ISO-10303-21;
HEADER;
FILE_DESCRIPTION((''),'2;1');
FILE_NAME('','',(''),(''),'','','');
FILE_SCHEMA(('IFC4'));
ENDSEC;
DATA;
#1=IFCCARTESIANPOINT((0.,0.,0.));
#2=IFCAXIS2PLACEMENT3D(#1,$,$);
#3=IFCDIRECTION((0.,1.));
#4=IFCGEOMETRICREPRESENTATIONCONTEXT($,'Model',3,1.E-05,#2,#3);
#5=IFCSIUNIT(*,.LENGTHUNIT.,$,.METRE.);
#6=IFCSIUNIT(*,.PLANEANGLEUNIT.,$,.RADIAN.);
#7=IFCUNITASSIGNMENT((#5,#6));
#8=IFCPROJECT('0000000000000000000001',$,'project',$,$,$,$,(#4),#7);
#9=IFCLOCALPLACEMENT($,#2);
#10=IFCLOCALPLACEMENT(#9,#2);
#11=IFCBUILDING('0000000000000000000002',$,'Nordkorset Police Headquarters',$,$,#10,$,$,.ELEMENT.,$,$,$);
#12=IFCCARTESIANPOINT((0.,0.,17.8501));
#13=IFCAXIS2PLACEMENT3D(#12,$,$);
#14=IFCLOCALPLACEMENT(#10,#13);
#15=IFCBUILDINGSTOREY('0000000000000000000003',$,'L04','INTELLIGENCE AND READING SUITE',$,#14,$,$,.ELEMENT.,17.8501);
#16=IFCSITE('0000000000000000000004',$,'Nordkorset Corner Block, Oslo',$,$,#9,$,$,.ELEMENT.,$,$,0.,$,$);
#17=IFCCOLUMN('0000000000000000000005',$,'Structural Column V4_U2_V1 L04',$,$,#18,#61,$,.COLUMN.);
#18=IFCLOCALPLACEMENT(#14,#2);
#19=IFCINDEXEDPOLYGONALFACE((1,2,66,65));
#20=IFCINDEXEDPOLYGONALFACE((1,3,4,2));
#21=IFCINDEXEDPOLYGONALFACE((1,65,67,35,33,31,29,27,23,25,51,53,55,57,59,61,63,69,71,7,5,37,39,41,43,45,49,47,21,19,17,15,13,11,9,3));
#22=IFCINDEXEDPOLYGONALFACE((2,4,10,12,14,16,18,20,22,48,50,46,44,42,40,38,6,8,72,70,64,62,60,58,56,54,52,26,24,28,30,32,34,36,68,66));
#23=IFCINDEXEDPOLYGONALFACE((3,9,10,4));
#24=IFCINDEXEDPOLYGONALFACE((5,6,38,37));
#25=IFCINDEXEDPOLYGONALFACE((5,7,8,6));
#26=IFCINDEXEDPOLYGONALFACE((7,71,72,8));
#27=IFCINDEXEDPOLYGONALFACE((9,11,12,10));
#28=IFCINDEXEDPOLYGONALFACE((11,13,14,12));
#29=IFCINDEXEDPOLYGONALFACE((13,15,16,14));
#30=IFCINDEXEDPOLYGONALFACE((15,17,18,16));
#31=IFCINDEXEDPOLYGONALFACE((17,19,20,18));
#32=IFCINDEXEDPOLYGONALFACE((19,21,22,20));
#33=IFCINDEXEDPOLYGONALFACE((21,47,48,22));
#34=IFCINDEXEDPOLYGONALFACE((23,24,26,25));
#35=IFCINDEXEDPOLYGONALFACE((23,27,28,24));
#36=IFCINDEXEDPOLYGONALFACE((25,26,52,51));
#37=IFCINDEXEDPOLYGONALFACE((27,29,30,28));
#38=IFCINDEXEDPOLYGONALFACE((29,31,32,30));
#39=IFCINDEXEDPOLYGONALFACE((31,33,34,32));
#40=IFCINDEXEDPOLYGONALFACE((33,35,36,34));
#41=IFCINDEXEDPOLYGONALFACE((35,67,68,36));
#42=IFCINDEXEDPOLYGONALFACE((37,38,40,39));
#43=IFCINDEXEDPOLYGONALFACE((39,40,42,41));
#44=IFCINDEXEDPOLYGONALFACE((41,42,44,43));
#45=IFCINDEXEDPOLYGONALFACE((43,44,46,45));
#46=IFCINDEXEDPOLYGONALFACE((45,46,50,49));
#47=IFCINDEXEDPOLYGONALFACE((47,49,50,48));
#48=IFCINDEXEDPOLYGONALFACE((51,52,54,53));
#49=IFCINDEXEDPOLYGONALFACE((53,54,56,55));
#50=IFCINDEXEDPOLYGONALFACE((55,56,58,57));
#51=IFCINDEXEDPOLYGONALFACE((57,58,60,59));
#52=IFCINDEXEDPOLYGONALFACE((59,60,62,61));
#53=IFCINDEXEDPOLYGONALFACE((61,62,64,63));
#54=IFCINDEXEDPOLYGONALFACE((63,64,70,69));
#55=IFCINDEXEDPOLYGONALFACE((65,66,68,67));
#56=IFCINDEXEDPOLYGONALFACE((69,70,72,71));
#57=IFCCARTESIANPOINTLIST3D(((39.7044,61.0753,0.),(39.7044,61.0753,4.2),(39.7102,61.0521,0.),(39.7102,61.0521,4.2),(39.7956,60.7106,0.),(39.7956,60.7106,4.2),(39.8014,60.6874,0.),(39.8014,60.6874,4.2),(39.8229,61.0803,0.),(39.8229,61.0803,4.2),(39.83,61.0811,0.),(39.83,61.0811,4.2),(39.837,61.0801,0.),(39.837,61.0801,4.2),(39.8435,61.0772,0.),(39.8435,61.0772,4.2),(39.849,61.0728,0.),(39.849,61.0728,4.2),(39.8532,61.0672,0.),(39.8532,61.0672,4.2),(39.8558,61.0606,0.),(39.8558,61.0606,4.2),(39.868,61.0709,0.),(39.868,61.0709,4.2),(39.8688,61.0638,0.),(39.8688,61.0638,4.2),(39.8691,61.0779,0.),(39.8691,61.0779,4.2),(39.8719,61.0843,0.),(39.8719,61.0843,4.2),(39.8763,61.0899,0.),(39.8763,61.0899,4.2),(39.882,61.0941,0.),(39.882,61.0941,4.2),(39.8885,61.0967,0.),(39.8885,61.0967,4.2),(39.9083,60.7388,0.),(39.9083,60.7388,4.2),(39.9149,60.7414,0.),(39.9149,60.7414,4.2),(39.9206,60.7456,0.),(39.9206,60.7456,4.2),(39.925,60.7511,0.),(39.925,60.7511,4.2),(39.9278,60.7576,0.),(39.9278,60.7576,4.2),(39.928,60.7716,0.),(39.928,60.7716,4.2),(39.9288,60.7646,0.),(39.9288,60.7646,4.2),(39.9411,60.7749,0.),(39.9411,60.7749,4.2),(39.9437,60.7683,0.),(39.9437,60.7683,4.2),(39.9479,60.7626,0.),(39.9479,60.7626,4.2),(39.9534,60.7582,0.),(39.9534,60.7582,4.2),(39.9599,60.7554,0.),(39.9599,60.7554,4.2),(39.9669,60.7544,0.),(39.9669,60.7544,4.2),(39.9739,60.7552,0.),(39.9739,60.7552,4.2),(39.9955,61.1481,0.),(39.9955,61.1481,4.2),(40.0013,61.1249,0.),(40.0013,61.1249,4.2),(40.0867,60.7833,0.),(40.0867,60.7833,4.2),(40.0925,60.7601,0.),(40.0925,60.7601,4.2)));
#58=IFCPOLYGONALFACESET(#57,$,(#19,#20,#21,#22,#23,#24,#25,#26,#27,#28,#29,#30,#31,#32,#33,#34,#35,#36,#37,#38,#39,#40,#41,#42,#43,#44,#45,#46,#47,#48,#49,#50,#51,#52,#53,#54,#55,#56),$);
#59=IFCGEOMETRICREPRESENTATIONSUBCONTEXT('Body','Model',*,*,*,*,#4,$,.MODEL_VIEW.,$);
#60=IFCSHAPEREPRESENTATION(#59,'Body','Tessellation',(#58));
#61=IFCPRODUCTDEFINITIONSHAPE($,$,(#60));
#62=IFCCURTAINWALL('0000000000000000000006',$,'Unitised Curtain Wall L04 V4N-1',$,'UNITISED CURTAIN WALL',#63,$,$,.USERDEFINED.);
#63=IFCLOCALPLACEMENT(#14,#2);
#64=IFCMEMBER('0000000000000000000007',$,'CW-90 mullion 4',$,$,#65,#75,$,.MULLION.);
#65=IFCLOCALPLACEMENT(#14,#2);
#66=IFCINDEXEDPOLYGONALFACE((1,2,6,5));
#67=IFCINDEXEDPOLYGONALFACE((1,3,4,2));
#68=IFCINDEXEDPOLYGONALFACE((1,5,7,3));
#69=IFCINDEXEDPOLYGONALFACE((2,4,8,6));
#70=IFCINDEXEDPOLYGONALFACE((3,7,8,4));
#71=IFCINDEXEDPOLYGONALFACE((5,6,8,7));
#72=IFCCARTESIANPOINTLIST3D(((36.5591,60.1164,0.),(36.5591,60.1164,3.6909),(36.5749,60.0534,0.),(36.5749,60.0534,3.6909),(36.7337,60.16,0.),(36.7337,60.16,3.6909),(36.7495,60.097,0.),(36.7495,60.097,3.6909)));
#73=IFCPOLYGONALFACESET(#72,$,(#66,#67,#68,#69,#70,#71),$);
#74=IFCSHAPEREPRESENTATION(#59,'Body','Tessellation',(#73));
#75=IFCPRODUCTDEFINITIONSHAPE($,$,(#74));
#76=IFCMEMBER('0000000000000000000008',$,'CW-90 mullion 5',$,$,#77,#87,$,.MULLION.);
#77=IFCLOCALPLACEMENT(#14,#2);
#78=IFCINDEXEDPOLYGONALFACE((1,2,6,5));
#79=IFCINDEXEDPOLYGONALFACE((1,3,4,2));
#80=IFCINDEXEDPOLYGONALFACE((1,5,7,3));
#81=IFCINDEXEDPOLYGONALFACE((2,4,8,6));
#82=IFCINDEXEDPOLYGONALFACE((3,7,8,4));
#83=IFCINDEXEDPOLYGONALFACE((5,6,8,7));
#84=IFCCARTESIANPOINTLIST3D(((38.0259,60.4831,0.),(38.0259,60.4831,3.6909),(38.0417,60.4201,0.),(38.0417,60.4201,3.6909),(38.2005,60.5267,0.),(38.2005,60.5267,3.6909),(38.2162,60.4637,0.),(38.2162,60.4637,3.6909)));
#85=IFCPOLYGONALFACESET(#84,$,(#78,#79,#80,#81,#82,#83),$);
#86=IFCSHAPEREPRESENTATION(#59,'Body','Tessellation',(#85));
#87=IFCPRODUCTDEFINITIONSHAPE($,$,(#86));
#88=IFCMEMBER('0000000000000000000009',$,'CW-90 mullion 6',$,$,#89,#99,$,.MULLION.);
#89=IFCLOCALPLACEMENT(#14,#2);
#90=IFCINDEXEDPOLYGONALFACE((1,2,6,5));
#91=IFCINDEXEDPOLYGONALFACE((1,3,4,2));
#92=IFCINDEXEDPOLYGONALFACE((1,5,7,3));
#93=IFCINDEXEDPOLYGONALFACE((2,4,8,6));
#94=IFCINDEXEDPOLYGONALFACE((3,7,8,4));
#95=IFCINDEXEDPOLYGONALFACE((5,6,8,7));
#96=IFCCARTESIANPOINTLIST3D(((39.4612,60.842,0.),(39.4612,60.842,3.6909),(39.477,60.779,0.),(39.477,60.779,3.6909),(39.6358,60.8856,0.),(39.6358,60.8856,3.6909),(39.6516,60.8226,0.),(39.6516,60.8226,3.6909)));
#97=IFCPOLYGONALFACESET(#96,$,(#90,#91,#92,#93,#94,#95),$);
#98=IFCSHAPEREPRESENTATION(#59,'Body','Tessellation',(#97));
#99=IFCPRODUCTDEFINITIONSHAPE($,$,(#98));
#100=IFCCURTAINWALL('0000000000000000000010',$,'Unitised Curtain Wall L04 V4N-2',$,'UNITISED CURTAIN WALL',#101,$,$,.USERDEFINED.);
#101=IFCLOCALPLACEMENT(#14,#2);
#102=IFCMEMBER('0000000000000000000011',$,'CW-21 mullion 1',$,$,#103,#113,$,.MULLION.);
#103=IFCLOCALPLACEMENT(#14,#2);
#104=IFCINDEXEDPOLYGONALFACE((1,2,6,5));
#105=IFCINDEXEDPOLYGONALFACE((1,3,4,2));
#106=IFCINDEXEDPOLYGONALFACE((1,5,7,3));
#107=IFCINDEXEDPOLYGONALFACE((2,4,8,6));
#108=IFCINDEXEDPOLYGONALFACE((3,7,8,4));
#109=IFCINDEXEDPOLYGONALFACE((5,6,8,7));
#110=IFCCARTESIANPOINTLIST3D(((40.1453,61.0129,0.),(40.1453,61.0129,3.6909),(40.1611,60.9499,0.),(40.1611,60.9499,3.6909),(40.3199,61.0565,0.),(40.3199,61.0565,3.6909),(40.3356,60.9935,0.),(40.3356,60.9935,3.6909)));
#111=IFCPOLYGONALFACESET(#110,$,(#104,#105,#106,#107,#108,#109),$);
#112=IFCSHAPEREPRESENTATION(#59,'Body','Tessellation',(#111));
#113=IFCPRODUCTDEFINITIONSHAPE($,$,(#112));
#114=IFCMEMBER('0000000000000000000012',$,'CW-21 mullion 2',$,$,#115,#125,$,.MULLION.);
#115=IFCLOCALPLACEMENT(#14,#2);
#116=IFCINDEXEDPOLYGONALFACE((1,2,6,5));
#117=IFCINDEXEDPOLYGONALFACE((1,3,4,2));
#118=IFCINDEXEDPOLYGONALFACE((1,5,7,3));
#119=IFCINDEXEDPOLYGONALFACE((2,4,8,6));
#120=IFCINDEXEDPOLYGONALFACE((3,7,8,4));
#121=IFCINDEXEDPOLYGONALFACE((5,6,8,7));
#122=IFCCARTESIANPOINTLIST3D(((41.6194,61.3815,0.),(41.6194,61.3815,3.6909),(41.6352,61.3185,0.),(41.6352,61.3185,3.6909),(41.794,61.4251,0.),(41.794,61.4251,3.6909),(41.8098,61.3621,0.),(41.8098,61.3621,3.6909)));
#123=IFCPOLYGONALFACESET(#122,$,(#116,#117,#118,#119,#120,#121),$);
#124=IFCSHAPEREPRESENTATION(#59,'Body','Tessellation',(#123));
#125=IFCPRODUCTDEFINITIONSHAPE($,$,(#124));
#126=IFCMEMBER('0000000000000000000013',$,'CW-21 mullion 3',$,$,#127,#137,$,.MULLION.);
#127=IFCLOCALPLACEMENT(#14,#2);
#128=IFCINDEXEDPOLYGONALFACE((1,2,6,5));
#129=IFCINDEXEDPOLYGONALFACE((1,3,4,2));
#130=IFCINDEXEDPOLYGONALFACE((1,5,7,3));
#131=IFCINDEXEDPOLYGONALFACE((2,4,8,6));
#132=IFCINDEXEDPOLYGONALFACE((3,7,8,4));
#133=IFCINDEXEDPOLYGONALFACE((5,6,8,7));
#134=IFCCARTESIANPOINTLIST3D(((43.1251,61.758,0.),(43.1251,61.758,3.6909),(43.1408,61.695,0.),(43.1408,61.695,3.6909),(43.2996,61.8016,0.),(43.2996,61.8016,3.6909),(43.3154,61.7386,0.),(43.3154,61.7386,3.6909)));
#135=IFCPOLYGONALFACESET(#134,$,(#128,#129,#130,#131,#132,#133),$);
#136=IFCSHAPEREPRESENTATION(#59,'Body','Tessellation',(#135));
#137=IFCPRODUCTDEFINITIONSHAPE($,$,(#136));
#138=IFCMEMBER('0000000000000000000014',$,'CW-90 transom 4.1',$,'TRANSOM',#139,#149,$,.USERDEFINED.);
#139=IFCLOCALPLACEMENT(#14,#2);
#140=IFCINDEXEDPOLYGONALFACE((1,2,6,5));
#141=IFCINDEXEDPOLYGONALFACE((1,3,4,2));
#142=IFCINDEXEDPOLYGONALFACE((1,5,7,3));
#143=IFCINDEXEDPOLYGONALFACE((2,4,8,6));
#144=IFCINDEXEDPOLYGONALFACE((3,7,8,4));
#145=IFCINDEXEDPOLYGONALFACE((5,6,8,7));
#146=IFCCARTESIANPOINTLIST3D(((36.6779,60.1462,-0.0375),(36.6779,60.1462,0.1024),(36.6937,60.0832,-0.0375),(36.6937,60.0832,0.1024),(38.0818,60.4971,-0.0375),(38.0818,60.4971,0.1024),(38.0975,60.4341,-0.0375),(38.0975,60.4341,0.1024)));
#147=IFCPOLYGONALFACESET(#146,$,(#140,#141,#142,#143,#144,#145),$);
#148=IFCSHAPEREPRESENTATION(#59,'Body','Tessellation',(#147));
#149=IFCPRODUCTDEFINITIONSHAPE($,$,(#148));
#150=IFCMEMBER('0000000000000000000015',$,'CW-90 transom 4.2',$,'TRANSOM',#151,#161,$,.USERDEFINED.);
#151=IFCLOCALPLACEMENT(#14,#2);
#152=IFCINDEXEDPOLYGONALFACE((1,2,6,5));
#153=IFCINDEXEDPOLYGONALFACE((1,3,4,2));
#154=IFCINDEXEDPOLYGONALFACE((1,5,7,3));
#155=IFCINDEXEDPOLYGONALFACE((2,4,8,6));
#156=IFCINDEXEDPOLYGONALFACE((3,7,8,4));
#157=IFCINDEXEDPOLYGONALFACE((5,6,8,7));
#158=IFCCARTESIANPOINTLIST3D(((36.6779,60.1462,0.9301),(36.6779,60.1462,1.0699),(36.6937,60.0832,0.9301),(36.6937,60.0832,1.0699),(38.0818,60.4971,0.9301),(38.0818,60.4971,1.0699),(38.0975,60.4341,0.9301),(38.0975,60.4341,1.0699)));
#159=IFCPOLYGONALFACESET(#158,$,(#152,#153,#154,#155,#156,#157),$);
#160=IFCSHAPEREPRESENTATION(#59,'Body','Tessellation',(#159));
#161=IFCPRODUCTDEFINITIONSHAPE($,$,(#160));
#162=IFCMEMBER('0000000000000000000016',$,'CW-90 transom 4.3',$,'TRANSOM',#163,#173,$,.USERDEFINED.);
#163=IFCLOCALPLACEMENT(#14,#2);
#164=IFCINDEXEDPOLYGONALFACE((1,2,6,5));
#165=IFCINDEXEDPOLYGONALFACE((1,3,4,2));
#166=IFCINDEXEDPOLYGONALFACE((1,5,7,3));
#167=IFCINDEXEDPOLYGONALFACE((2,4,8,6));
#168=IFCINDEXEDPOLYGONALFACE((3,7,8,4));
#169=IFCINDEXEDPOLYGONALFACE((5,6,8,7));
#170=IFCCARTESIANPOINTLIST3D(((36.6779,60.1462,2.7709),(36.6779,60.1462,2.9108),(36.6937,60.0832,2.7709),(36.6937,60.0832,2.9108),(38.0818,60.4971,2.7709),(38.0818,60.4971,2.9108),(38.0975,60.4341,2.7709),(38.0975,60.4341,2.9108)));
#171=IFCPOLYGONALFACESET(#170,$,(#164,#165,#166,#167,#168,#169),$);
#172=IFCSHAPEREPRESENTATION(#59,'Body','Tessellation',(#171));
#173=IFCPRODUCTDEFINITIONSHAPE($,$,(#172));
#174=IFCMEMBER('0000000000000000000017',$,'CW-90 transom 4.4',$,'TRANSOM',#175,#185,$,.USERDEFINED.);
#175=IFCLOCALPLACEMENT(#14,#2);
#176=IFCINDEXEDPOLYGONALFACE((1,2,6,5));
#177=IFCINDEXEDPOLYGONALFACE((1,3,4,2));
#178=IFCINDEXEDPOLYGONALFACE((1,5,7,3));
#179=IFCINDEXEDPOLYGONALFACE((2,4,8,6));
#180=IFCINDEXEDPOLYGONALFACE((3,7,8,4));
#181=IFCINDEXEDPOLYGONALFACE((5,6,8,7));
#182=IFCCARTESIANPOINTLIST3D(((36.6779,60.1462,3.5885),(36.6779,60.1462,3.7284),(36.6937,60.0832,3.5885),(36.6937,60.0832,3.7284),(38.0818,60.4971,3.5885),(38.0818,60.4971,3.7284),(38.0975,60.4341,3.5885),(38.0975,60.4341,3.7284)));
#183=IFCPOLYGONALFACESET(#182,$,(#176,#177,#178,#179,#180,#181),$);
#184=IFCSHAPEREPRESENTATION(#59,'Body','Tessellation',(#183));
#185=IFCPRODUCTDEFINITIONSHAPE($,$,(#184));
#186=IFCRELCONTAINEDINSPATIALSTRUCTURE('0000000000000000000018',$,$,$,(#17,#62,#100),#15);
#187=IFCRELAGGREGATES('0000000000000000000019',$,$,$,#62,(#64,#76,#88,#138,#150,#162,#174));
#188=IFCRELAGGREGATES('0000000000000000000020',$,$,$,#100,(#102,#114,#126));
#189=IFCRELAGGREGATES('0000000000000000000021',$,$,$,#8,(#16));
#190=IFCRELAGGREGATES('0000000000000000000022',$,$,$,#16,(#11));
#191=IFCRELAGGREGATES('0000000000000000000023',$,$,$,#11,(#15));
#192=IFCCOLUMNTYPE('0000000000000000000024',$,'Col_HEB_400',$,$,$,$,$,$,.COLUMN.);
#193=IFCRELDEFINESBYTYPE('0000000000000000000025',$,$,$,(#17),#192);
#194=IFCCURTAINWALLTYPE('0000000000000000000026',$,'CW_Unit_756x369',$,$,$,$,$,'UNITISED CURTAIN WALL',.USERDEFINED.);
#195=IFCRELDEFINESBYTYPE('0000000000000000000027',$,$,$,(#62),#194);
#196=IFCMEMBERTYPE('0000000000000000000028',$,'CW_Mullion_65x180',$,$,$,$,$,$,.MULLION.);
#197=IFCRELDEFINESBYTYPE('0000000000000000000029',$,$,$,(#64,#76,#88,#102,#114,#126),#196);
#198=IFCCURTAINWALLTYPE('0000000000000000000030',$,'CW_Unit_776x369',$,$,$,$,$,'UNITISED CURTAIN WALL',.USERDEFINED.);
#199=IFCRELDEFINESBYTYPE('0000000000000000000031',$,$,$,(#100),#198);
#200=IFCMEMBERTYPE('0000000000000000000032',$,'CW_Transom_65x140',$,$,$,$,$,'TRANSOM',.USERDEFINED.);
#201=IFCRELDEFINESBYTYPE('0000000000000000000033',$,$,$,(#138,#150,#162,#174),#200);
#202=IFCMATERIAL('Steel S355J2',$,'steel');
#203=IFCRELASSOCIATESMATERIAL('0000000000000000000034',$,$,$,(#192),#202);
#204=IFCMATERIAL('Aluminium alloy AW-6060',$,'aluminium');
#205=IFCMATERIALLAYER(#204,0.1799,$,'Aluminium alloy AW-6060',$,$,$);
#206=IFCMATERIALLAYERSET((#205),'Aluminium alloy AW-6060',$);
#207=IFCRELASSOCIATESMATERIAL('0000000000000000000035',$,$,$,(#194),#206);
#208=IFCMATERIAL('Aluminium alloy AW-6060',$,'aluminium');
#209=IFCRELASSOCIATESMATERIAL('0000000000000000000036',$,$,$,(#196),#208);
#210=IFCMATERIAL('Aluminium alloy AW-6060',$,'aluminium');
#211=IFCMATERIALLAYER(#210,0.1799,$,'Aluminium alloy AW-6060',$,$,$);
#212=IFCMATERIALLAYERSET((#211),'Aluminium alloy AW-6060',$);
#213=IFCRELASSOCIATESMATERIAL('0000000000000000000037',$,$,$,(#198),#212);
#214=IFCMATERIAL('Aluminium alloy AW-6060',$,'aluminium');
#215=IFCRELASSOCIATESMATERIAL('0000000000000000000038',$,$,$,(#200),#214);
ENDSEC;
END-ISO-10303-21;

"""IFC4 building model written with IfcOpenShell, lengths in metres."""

from ifc_helpers import new_model, si_unit, direction, frame, origin, origin_2d, place, context, subcontext, project, spatial, rectangle, i_section, extrude, material, layer, layer_set, material_profile, profile_set, type_object, element, aggregate, save


model = new_model("IFC4")

# Units and contexts
model_context = context("Model", 3, precision=1e-05, world=origin(), true_north=direction((0.0, 1.0)))
body_context = subcontext(model_context, "Body", "Model", "MODEL_VIEW")
ifc_project = project(units=[si_unit("LENGTHUNIT", "METRE"), si_unit("PLANEANGLEUNIT", "RADIAN")], contexts=[model_context])

# Site, building, storey
site_placement = place(None, origin())
site = spatial("IfcSite", under=ifc_project, at=site_placement, Name="Nordkorset Corner Block, Oslo", CompositionType="ELEMENT", RefElevation=0.0)
building_placement = place(site_placement, origin())
building = spatial("IfcBuilding", under=site, at=building_placement, Name="Nordkorset Police Headquarters", CompositionType="ELEMENT")
storey_placement = place(building_placement, frame((0.0, 0.0, 17.8501)))
storey = spatial("IfcBuildingStorey", under=building, at=storey_placement, Name="L04", Description="INTELLIGENCE AND READING SUITE", CompositionType="ELEMENT", Elevation=17.8501)

# Column
ifc_material_1 = material(Name="Steel S355J2", Category="steel")
ifc_material_profile_1 = material_profile(ifc_material_1, i_section(OverallWidth=0.3, OverallDepth=0.3999, WebThickness=0.0134, FlangeThickness=0.0239, FilletRadius=0.0271, at=origin_2d()), Name="HEB 400")
ifc_profile_set_1 = profile_set([ifc_material_profile_1], Name="Steel S355J2")
column_type = type_object("IfcColumnType", Name="Col_HEB_400", PredefinedType="COLUMN", material=ifc_profile_set_1)
column_placement = place(storey_placement, frame((39.8984, 60.9177, 0.0), z_axis=(0.0, 0.0, 1.0), x_axis=(0.970143, 0.242536, 0.0)))
element("IfcColumn", 1, at=column_placement, inside=storey, type_object=column_type, Name="Structural Column V4_U2_V1 L04", PredefinedType="COLUMN", context=body_context, shape_type="SweptSolid", body=[
    extrude(i_section(OverallWidth=0.3, OverallDepth=0.3999, WebThickness=0.0134, FlangeThickness=0.0239, FilletRadius=0.0271, at=origin_2d()), origin(), (0.0, 0.0, 1.0), 4.2),
])

# Curtain walls, members
ifc_material_2 = material(Name="Aluminium alloy AW-6060", Category="aluminium")
ifc_layer_1 = layer(ifc_material_2, 0.1799, Name="Aluminium alloy AW-6060")
ifc_layer_set_1 = layer_set([ifc_layer_1], Name="Aluminium alloy AW-6060")
curtain_wall_type_1 = type_object("IfcCurtainWallType", Name="CW_Unit_756x369", ElementType="UNITISED CURTAIN WALL", PredefinedType="USERDEFINED", material=ifc_layer_set_1)
curtain_wall_1_placement = place(storey_placement, origin())
curtain_wall_1 = element("IfcCurtainWall", 2, at=curtain_wall_1_placement, inside=storey, type_object=curtain_wall_type_1, Name="Unitised Curtain Wall L04 V4N-1", ObjectType="UNITISED CURTAIN WALL", PredefinedType="USERDEFINED")
ifc_material_3 = material(Name="Aluminium alloy AW-6060", Category="aluminium")
ifc_material_profile_2 = material_profile(ifc_material_3, rectangle(XDim=0.0649, YDim=0.1799, at=origin_2d()), Name="ALU MULL 65x180")
ifc_profile_set_2 = profile_set([ifc_material_profile_2], Name="Aluminium alloy AW-6060")
member_type_1 = type_object("IfcMemberType", Name="CW_Mullion_65x180", PredefinedType="MULLION", material=ifc_profile_set_2)
member_1_placement = place(storey_placement, frame((36.6543, 60.1067, 0.0), z_axis=(0.0, 0.0, 1.0), x_axis=(-0.242536, 0.970143, 0.0)))
member_1 = element("IfcMember", 3, at=member_1_placement, type_object=member_type_1, Name="CW-90 mullion 4", PredefinedType="MULLION", context=body_context, shape_type="SweptSolid", body=[
    extrude(rectangle(XDim=0.0649, YDim=0.1799, at=origin_2d()), origin(), (0.0, 0.0, 1.0), 3.6909),
])
member_2_placement = place(storey_placement, frame((38.1211, 60.4734, 0.0), z_axis=(0.0, 0.0, 1.0), x_axis=(-0.242536, 0.970143, 0.0)))
member_2 = element("IfcMember", 4, at=member_2_placement, type_object=member_type_1, Name="CW-90 mullion 5", PredefinedType="MULLION", context=body_context, shape_type="SweptSolid", body=[
    extrude(rectangle(XDim=0.0649, YDim=0.1799, at=origin_2d()), origin(), (0.0, 0.0, 1.0), 3.6909),
])
member_3_placement = place(storey_placement, frame((39.5564, 60.8323, 0.0), z_axis=(0.0, 0.0, 1.0), x_axis=(-0.242536, 0.970143, 0.0)))
member_3 = element("IfcMember", 5, at=member_3_placement, type_object=member_type_1, Name="CW-90 mullion 6", PredefinedType="MULLION", context=body_context, shape_type="SweptSolid", body=[
    extrude(rectangle(XDim=0.0649, YDim=0.1799, at=origin_2d()), origin(), (0.0, 0.0, 1.0), 3.6909),
])
ifc_material_4 = material(Name="Aluminium alloy AW-6060", Category="aluminium")
ifc_layer_2 = layer(ifc_material_4, 0.1799, Name="Aluminium alloy AW-6060")
ifc_layer_set_2 = layer_set([ifc_layer_2], Name="Aluminium alloy AW-6060")
curtain_wall_type_2 = type_object("IfcCurtainWallType", Name="CW_Unit_776x369", ElementType="UNITISED CURTAIN WALL", PredefinedType="USERDEFINED", material=ifc_layer_set_2)
curtain_wall_2_placement = place(storey_placement, origin())
curtain_wall_2 = element("IfcCurtainWall", 6, at=curtain_wall_2_placement, inside=storey, type_object=curtain_wall_type_2, Name="Unitised Curtain Wall L04 V4N-2", ObjectType="UNITISED CURTAIN WALL", PredefinedType="USERDEFINED")
member_4_placement = place(storey_placement, frame((40.2405, 61.0032, 0.0), z_axis=(0.0, 0.0, 1.0), x_axis=(-0.242536, 0.970142, 0.0)))
member_4 = element("IfcMember", 7, at=member_4_placement, type_object=member_type_1, Name="CW-21 mullion 1", PredefinedType="MULLION", context=body_context, shape_type="SweptSolid", body=[
    extrude(rectangle(XDim=0.0649, YDim=0.1799, at=origin_2d()), origin(), (0.0, 0.0, 1.0), 3.6909),
])
member_5_placement = place(storey_placement, frame((41.7146, 61.3718, 0.0), z_axis=(0.0, 0.0, 1.0), x_axis=(-0.242536, 0.970142, 0.0)))
member_5 = element("IfcMember", 8, at=member_5_placement, type_object=member_type_1, Name="CW-21 mullion 2", PredefinedType="MULLION", context=body_context, shape_type="SweptSolid", body=[
    extrude(rectangle(XDim=0.0649, YDim=0.1799, at=origin_2d()), origin(), (0.0, 0.0, 1.0), 3.6909),
])
member_6_placement = place(storey_placement, frame((43.2202, 61.7483, 0.0), z_axis=(0.0, 0.0, 1.0), x_axis=(-0.242536, 0.970142, 0.0)))
member_6 = element("IfcMember", 9, at=member_6_placement, type_object=member_type_1, Name="CW-21 mullion 3", PredefinedType="MULLION", context=body_context, shape_type="SweptSolid", body=[
    extrude(rectangle(XDim=0.0649, YDim=0.1799, at=origin_2d()), origin(), (0.0, 0.0, 1.0), 3.6909),
])

# Members
ifc_material_5 = material(Name="Aluminium alloy AW-6060", Category="aluminium")
ifc_material_profile_3 = material_profile(ifc_material_5, rectangle(XDim=0.0649, YDim=0.1399, at=origin_2d()), Name="ALU TRAN 65x140")
ifc_profile_set_3 = profile_set([ifc_material_profile_3], Name="Aluminium alloy AW-6060")
member_type_2 = type_object("IfcMemberType", Name="CW_Transom_65x140", ElementType="TRANSOM", PredefinedType="USERDEFINED", material=ifc_profile_set_3)
member_7_placement = place(storey_placement, frame((36.6858, 60.1147, 0.0325), z_axis=(0.970162, 0.242456, 0.0), x_axis=(-0.242456, 0.970162, 0.0)))
member_7 = element("IfcMember", 10, at=member_7_placement, type_object=member_type_2, Name="CW-90 transom 4.1", ObjectType="TRANSOM", PredefinedType="USERDEFINED", context=body_context, shape_type="SweptSolid", body=[
    extrude(rectangle(XDim=0.0649, YDim=0.1399, at=origin_2d()), origin(), (0.0, 0.0, 1.0), 1.447),
])
member_8_placement = place(storey_placement, frame((36.6858, 60.1147, 1.0), z_axis=(0.970162, 0.242456, 0.0), x_axis=(-0.242456, 0.970162, 0.0)))
member_8 = element("IfcMember", 11, at=member_8_placement, type_object=member_type_2, Name="CW-90 transom 4.2", ObjectType="TRANSOM", PredefinedType="USERDEFINED", context=body_context, shape_type="SweptSolid", body=[
    extrude(rectangle(XDim=0.0649, YDim=0.1399, at=origin_2d()), origin(), (0.0, 0.0, 1.0), 1.447),
])
member_9_placement = place(storey_placement, frame((36.6858, 60.1147, 2.8408), z_axis=(0.970162, 0.242456, 0.0), x_axis=(-0.242456, 0.970162, 0.0)))
member_9 = element("IfcMember", 12, at=member_9_placement, type_object=member_type_2, Name="CW-90 transom 4.3", ObjectType="TRANSOM", PredefinedType="USERDEFINED", context=body_context, shape_type="SweptSolid", body=[
    extrude(rectangle(XDim=0.0649, YDim=0.1399, at=origin_2d()), origin(), (0.0, 0.0, 1.0), 1.447),
])
member_10_placement = place(storey_placement, frame((36.6858, 60.1147, 3.6584), z_axis=(0.970162, 0.242456, 0.0), x_axis=(-0.242456, 0.970162, 0.0)))
member_10 = element("IfcMember", 13, at=member_10_placement, type_object=member_type_2, Name="CW-90 transom 4.4", ObjectType="TRANSOM", PredefinedType="USERDEFINED", context=body_context, shape_type="SweptSolid", body=[
    extrude(rectangle(XDim=0.0649, YDim=0.1399, at=origin_2d()), origin(), (0.0, 0.0, 1.0), 1.447),
])

aggregate(curtain_wall_1, [member_1, member_2, member_3, member_7, member_8, member_9, member_10])
aggregate(curtain_wall_2, [member_4, member_5, member_6])

save(model, "model.ifc")
